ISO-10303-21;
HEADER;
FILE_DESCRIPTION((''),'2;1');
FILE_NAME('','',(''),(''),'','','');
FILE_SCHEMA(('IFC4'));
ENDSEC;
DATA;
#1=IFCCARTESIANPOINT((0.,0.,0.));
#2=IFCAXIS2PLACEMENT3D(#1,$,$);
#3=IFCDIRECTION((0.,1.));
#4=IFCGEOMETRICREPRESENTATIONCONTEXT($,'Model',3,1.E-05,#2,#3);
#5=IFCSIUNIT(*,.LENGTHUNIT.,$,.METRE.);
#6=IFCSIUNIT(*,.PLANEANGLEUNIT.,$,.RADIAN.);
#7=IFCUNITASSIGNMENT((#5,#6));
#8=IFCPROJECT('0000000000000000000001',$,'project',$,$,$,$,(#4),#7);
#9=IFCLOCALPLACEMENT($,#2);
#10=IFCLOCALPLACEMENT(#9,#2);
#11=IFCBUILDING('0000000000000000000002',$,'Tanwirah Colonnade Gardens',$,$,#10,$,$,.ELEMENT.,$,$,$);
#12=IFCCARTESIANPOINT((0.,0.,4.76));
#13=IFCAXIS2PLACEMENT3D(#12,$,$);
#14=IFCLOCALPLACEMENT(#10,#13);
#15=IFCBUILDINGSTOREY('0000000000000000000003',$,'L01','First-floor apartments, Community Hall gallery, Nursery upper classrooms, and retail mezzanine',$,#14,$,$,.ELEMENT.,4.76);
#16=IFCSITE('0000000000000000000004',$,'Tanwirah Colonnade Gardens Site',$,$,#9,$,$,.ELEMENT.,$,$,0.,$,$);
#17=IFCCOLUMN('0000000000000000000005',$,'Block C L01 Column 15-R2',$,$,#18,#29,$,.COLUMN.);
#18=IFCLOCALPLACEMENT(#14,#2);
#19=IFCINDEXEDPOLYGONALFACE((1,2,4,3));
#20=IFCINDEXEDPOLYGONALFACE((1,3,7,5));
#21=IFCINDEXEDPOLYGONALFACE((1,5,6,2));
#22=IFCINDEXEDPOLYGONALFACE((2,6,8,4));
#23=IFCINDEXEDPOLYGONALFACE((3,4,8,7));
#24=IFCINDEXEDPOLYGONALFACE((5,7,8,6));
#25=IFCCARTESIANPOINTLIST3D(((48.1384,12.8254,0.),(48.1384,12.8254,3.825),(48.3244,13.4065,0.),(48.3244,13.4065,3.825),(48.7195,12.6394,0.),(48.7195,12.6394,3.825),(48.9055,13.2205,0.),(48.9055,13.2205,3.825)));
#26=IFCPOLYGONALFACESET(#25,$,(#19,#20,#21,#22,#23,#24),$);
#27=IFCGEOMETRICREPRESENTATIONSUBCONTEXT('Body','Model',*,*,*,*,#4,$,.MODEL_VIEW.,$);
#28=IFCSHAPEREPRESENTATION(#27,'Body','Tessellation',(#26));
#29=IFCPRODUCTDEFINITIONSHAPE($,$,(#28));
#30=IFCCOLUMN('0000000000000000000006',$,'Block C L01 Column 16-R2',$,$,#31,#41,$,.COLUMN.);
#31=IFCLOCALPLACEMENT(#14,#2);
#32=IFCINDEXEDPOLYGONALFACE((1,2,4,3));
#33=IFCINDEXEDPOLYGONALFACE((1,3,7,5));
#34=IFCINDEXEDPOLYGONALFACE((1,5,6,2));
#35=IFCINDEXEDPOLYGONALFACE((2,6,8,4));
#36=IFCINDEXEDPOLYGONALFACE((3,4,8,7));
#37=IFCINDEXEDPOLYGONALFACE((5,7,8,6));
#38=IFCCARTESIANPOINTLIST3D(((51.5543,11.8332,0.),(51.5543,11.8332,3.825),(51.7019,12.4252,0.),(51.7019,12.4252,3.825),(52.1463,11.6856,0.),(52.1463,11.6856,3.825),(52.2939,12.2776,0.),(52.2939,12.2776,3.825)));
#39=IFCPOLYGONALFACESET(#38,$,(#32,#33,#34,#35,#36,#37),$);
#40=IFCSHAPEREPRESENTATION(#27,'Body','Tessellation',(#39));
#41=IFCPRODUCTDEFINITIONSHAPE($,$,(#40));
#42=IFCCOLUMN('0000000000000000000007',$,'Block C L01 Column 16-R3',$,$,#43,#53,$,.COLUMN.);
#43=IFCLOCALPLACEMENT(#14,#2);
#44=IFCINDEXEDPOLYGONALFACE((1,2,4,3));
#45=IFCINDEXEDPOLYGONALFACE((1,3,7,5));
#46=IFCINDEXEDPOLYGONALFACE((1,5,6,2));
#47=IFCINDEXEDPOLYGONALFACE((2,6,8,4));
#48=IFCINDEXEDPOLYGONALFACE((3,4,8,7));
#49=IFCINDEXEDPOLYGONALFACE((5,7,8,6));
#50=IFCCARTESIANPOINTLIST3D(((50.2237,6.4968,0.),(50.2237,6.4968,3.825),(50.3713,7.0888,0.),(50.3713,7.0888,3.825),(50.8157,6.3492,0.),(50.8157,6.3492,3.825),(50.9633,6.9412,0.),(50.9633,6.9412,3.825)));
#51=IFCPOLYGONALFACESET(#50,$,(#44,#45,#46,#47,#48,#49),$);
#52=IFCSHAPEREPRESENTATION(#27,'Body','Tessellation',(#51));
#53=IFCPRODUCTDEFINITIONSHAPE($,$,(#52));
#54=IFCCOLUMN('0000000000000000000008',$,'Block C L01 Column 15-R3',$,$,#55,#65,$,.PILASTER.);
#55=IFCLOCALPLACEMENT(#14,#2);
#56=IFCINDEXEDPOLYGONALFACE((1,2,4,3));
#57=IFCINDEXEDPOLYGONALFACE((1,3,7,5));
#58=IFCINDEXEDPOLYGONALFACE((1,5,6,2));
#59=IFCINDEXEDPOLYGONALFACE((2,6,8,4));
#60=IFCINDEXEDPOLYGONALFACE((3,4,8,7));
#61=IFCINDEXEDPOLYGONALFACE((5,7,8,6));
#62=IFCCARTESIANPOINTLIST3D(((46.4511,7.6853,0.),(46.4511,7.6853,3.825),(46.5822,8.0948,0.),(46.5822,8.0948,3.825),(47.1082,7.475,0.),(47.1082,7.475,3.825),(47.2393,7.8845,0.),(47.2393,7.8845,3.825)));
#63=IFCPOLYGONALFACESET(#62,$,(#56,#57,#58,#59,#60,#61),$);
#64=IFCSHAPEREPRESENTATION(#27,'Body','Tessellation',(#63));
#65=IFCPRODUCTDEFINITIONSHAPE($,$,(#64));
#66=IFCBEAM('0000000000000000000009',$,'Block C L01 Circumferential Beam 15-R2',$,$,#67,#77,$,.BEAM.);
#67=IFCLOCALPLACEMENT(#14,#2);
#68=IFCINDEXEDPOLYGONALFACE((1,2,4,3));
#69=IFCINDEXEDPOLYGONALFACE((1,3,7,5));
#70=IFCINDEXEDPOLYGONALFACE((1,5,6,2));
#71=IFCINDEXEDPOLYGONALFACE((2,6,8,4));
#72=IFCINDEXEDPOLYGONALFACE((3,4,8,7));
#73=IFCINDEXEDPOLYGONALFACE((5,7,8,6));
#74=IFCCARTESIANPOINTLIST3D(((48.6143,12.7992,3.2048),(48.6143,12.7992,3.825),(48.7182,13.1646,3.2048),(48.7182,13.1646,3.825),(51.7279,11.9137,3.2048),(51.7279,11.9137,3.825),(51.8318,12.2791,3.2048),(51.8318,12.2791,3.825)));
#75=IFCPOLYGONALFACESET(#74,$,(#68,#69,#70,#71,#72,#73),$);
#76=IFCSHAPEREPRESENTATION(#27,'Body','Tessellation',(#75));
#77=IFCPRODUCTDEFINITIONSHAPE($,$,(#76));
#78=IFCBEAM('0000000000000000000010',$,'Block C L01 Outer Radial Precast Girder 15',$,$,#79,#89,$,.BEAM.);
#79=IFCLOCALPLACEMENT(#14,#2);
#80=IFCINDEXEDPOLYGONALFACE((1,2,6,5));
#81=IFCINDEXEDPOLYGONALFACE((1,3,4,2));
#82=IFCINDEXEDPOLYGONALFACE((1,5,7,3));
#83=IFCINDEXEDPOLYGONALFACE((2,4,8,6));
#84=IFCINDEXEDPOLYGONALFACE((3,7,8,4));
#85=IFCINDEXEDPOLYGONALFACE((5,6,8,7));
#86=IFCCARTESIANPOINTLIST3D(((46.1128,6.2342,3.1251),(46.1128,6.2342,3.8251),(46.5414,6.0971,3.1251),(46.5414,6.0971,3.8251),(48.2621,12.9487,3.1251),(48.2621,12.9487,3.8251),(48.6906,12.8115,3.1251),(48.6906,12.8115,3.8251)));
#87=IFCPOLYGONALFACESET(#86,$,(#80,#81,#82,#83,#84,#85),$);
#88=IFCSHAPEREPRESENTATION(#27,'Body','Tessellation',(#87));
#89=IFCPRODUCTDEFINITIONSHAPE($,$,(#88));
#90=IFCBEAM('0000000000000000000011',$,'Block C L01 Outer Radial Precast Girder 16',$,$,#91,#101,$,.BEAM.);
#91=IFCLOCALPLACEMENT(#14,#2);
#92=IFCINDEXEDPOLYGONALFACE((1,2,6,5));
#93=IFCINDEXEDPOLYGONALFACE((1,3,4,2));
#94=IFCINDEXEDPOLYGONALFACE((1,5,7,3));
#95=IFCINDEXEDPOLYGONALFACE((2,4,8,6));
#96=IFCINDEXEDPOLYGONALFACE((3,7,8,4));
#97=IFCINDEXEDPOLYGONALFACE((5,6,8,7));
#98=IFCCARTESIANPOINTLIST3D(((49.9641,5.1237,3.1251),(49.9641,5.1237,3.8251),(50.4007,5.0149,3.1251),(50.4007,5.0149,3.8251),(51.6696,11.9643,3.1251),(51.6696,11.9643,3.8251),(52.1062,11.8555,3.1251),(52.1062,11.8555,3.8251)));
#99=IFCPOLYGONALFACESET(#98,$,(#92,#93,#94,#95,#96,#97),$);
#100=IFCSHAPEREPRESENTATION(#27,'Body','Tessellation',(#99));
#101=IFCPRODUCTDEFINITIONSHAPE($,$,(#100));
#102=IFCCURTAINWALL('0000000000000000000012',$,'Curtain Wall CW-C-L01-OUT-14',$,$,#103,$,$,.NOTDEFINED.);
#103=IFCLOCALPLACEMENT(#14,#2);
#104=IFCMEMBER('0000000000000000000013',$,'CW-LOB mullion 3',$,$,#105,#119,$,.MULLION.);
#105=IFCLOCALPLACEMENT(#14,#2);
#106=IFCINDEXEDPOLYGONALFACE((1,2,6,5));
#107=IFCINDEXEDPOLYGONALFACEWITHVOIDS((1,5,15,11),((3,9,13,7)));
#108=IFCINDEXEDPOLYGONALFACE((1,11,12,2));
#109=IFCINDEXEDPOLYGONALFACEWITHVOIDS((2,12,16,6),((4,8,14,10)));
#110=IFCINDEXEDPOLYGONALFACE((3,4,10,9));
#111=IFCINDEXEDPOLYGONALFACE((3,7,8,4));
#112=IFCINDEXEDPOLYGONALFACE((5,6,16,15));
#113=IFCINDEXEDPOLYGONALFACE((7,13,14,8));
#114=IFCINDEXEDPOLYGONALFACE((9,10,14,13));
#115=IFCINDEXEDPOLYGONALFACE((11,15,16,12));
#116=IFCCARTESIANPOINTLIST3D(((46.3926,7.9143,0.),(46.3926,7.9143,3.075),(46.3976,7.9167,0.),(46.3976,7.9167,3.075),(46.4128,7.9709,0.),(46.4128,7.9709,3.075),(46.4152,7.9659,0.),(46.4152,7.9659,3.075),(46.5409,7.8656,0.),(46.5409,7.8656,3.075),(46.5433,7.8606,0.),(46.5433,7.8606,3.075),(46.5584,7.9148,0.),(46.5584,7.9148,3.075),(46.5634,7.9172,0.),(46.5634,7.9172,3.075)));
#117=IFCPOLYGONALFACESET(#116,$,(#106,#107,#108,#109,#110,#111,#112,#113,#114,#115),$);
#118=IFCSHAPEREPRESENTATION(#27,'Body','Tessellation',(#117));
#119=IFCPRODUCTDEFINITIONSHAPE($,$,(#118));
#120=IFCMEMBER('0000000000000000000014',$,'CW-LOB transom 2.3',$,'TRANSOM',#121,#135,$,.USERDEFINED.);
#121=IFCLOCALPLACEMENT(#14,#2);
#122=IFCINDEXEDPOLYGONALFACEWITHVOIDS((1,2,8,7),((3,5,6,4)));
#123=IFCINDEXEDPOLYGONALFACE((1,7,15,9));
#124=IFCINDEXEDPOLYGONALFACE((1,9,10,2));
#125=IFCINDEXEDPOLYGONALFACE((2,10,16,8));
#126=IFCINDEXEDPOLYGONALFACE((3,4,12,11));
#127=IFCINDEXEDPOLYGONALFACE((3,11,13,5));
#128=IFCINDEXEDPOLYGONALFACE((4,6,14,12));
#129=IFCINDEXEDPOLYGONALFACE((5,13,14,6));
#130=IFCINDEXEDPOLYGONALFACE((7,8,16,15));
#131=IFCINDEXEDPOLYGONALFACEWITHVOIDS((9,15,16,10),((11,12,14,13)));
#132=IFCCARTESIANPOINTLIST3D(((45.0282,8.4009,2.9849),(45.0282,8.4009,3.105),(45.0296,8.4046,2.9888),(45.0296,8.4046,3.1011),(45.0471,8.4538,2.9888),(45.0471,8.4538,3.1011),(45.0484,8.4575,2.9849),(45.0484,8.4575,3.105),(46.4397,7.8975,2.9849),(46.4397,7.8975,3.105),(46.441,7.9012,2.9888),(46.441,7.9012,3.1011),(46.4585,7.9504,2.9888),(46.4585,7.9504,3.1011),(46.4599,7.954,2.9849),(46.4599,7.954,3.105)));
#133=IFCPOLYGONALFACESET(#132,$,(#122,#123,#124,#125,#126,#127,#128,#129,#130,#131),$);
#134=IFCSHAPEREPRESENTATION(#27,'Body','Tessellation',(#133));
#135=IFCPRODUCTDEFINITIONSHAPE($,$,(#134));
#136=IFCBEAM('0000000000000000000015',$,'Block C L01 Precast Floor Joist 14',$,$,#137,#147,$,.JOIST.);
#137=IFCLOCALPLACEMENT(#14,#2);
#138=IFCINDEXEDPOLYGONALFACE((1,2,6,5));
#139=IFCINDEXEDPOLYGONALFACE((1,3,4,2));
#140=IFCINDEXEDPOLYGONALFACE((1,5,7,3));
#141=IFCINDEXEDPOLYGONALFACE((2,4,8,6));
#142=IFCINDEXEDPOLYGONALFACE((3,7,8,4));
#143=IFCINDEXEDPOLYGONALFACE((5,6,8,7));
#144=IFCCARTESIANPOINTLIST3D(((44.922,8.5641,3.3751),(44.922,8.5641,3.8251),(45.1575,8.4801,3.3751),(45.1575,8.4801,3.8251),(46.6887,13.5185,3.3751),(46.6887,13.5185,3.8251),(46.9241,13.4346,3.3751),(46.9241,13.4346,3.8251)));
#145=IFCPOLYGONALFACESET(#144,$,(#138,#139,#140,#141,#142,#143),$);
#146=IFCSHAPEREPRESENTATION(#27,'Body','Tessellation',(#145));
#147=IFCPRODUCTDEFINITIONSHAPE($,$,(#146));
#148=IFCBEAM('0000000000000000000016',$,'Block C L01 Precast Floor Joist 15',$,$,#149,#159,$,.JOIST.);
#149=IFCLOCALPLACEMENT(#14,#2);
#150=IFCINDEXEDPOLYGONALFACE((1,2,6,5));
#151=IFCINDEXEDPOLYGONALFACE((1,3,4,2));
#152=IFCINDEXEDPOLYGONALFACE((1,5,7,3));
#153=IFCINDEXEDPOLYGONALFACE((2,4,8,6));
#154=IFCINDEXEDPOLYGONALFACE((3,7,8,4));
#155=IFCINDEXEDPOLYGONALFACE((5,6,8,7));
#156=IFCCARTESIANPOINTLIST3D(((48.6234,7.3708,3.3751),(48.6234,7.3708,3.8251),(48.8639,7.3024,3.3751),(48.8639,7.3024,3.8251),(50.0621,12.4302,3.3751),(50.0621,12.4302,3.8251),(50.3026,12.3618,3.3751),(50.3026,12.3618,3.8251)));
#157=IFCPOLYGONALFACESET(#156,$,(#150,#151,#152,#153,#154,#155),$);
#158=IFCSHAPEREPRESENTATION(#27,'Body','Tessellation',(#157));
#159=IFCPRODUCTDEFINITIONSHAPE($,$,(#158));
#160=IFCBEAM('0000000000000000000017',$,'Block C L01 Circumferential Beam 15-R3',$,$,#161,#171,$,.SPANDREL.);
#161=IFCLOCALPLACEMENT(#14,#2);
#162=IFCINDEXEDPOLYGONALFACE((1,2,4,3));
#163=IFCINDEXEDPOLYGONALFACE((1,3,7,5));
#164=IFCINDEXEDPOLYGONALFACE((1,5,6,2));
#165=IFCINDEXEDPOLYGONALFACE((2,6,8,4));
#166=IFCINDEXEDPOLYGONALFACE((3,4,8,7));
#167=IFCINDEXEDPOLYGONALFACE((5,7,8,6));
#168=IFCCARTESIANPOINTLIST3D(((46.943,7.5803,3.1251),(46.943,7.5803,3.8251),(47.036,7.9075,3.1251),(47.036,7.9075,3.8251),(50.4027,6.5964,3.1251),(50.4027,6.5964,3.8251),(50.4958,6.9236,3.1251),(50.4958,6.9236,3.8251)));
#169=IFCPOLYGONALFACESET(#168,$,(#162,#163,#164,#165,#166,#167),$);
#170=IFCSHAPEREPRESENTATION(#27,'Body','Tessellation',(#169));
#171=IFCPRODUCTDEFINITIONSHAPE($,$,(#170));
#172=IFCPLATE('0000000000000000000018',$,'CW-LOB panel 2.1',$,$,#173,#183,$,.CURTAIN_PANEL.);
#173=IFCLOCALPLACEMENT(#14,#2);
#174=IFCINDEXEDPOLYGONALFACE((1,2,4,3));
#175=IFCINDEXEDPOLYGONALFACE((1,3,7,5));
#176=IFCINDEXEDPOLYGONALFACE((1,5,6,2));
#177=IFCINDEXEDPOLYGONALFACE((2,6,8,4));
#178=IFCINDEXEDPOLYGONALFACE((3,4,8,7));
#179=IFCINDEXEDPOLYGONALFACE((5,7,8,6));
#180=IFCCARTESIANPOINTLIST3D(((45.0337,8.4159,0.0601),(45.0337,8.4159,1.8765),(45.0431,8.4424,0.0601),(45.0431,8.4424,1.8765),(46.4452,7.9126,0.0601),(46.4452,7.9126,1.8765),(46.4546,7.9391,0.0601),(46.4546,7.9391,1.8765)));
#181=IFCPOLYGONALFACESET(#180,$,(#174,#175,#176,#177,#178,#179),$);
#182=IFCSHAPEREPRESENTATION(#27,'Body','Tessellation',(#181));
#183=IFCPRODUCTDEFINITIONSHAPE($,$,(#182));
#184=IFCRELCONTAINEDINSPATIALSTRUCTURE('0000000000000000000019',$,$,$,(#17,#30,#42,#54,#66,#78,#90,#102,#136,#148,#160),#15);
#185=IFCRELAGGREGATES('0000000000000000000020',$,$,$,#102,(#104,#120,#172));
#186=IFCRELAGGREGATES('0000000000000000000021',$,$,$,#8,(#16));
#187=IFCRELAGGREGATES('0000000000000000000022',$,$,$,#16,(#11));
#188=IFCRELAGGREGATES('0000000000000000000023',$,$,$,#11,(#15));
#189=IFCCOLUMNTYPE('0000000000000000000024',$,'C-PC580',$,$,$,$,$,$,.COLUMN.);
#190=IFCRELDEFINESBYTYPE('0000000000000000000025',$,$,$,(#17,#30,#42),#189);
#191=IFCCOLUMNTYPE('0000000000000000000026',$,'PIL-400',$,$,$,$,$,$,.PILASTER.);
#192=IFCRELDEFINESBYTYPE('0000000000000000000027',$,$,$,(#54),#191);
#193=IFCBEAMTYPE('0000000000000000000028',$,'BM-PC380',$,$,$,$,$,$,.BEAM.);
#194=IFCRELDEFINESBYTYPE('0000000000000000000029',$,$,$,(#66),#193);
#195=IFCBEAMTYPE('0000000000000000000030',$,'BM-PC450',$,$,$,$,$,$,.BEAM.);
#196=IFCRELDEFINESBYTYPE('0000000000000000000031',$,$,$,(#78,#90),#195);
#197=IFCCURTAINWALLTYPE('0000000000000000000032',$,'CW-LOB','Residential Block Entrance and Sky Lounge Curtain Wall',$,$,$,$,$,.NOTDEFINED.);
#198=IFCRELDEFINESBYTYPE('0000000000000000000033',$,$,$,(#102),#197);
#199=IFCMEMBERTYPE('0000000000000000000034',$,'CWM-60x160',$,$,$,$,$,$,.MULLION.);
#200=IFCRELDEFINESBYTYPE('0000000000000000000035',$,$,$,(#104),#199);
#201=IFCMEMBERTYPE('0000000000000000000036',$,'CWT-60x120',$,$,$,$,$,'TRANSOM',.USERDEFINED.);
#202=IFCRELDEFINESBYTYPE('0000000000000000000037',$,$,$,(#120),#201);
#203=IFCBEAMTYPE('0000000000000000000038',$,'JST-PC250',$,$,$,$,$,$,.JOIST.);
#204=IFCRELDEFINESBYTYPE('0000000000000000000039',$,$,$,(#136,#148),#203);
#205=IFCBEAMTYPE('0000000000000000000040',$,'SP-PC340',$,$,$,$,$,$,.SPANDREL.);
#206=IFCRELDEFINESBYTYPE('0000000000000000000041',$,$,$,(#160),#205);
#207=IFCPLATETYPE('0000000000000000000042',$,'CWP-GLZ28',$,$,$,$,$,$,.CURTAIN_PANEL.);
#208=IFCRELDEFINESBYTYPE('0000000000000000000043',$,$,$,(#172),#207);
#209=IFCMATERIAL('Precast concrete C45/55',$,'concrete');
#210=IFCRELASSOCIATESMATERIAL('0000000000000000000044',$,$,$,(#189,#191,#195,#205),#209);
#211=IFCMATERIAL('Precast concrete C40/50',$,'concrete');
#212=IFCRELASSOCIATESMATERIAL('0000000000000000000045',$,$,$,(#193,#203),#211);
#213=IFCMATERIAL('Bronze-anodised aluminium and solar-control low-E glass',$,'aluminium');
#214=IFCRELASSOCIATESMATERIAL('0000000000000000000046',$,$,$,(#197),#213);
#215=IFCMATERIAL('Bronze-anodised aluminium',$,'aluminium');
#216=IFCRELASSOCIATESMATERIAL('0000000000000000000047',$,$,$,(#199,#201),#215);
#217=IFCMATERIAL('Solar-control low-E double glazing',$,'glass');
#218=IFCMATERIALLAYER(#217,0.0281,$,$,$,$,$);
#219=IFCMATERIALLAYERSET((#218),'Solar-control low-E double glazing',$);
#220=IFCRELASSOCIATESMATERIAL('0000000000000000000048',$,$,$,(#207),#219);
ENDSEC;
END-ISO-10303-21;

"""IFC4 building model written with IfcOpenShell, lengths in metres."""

from ifc_helpers import new_model, si_unit, direction, frame, origin, origin_2d, place, context, subcontext, project, spatial, rectangle, hollow_rectangle, extrude, material, layer, layer_set, material_profile, profile_set, type_object, element, aggregate, save


model = new_model("IFC4")

# Units and contexts
model_context = context("Model", 3, precision=1e-05, world=origin(), true_north=direction((0.0, 1.0)))
body_context = subcontext(model_context, "Body", "Model", "MODEL_VIEW")
ifc_project = project(units=[si_unit("LENGTHUNIT", "METRE"), si_unit("PLANEANGLEUNIT", "RADIAN")], contexts=[model_context])

# Site, building, storey
site_placement = place(None, origin())
site = spatial("IfcSite", under=ifc_project, at=site_placement, Name="Tanwirah Colonnade Gardens Site", CompositionType="ELEMENT", RefElevation=0.0)
building_placement = place(site_placement, origin())
building = spatial("IfcBuilding", under=site, at=building_placement, Name="Tanwirah Colonnade Gardens", CompositionType="ELEMENT")
storey_placement = place(building_placement, frame((0.0, 0.0, 4.76)))
storey = spatial("IfcBuildingStorey", under=building, at=storey_placement, Name="L01", Description="First-floor apartments, Community Hall gallery, Nursery upper classrooms, and retail mezzanine", CompositionType="ELEMENT", Elevation=4.76)

# Columns
ifc_material_1 = material(Name="Precast concrete C45/55", Category="concrete")
ifc_material_profile_1 = material_profile(ifc_material_1, rectangle(XDim=0.6101, YDim=0.6101, at=origin_2d()), Name="PC-COL 610x610")
ifc_profile_set_1 = profile_set([ifc_material_profile_1], Name="Precast concrete C45/55")
column_type_1 = type_object("IfcColumnType", Name="C-PC580", PredefinedType="COLUMN", material=ifc_profile_set_1)
for number, where, z_axis, x_axis, name in (
    (1, (48.522, 13.0229, 0.0), (0.0, 0.0, 1.0), (-0.304864, -0.952396, 0.0), "Block C L01 Column 15-R2"),
    (2, (51.9241, 12.0554, 0.0), (0.0, 0.0, 1.0), (-0.241922, -0.970296, 0.0), "Block C L01 Column 16-R2"),
    (3, (50.5935, 6.719, 0.0), (0.0, 0.0, 1.0), (-0.241922, -0.970296, 0.0), "Block C L01 Column 16-R3"),
):
    element("IfcColumn", number, at=place(storey_placement, frame(where, z_axis=z_axis, x_axis=x_axis)), inside=storey, type_object=column_type_1, Name=name, PredefinedType="COLUMN", context=body_context, shape_type="SweptSolid", body=[
        extrude(rectangle(XDim=0.6101, YDim=0.6101, at=origin_2d()), origin(), (0.0, 0.0, 1.0), 3.825),
    ])
ifc_material_profile_2 = material_profile(ifc_material_1, rectangle(XDim=0.4299, YDim=0.6899, at=origin_2d()), Name="PC-PIL 430x690")
ifc_profile_set_2 = profile_set([ifc_material_profile_2], Name="Precast concrete C45/55")
column_type_2 = type_object("IfcColumnType", Name="PIL-400", PredefinedType="PILASTER", material=ifc_profile_set_2)
column_placement = place(storey_placement, frame((46.8452, 7.7849, 0.0), z_axis=(0.0, 0.0, 1.0), x_axis=(-0.304864, -0.952396, 0.0)))
element("IfcColumn", 4, at=column_placement, inside=storey, type_object=column_type_2, Name="Block C L01 Column 15-R3", PredefinedType="PILASTER", context=body_context, shape_type="SweptSolid", body=[
    extrude(rectangle(XDim=0.4299, YDim=0.6899, at=origin_2d()), origin(), (0.0, 0.0, 1.0), 3.825),
])

# Beams
ifc_material_2 = material(Name="Precast concrete C40/50", Category="concrete")
ifc_material_profile_3 = material_profile(ifc_material_2, rectangle(XDim=0.3799, YDim=0.6201, at=origin_2d()), Name="PC-BM 380x620")
ifc_profile_set_3 = profile_set([ifc_material_profile_3], Name="Precast concrete C40/50")
beam_type_1 = type_object("IfcBeamType", Name="BM-PC380", PredefinedType="BEAM", material=ifc_profile_set_3)
beam_1_placement = place(storey_placement, frame((48.6663, 12.9819, 3.5149), z_axis=(0.961856, -0.273555, 0.0), x_axis=(0.273555, 0.961856, 0.0)))
element("IfcBeam", 5, at=beam_1_placement, inside=storey, type_object=beam_type_1, Name="Block C L01 Circumferential Beam 15-R2", PredefinedType="BEAM", context=body_context, shape_type="SweptSolid", body=[
    extrude(rectangle(XDim=0.3799, YDim=0.6201, at=origin_2d()), origin(), (0.0, 0.0, 1.0), 3.2371),
])
ifc_material_profile_4 = material_profile(ifc_material_1, rectangle(XDim=0.45, YDim=0.7, at=origin_2d()), Name="PC-BM 450x700")
ifc_profile_set_4 = profile_set([ifc_material_profile_4], Name="Precast concrete C45/55")
beam_type_2 = type_object("IfcBeamType", Name="BM-PC450", PredefinedType="BEAM", material=ifc_profile_set_4)
for number, where, z_axis, x_axis, name in (
    (6, (48.4763, 12.8801, 3.4751), (-0.30485, -0.9524, 0.0), (0.9524, -0.30485, 0.0), "Block C L01 Outer Radial Precast Girder 15"),
    (7, (51.8879, 11.9099, 3.4751), (-0.241924, -0.970295, 0.0), (0.970295, -0.241924, 0.0), "Block C L01 Outer Radial Precast Girder 16"),
):
    element("IfcBeam", number, at=place(storey_placement, frame(where, z_axis=z_axis, x_axis=x_axis)), inside=storey, type_object=beam_type_2, Name=name, PredefinedType="BEAM", context=body_context, shape_type="SweptSolid", body=[
        extrude(rectangle(XDim=0.45, YDim=0.7, at=origin_2d()), origin(), (0.0, 0.0, 1.0), 7.05),
    ])

# Curtain wall, members
ifc_material_3 = material(Name="Bronze-anodised aluminium and solar-control low-E glass", Category="aluminium")
curtain_wall_type = type_object("IfcCurtainWallType", Name="CW-LOB", Description="Residential Block Entrance and Sky Lounge Curtain Wall", PredefinedType="NOTDEFINED", material=ifc_material_3)
curtain_wall_placement = place(storey_placement, origin())
curtain_wall = element("IfcCurtainWall", 8, at=curtain_wall_placement, inside=storey, type_object=curtain_wall_type, Name="Curtain Wall CW-C-L01-OUT-14", PredefinedType="NOTDEFINED")
ifc_material_4 = material(Name="Bronze-anodised aluminium", Category="aluminium")
ifc_material_profile_5 = material_profile(ifc_material_4, hollow_rectangle(XDim=0.0601, YDim=0.1599, WallThickness=0.0039, at=origin_2d()), Name="CW-MUL 60x160x4")
ifc_profile_set_5 = profile_set([ifc_material_profile_5], Name="Bronze-anodised aluminium")
member_type_1 = type_object("IfcMemberType", Name="CWM-60x160", PredefinedType="MULLION", material=ifc_profile_set_5)
member_1_placement = place(storey_placement, frame((46.478, 7.9158, 0.0), z_axis=(0.0, 0.0, 1.0), x_axis=(0.335862, 0.941911, 0.0)))
member_1 = element("IfcMember", 9, at=member_1_placement, type_object=member_type_1, Name="CW-LOB mullion 3", PredefinedType="MULLION", context=body_context, shape_type="SweptSolid", body=[
    extrude(hollow_rectangle(XDim=0.0601, YDim=0.1599, WallThickness=0.0039, at=origin_2d()), origin(), (0.0, 0.0, 1.0), 3.075),
])
ifc_material_profile_6 = material_profile(ifc_material_4, hollow_rectangle(XDim=0.0601, YDim=0.1201, WallThickness=0.0039, at=origin_2d()), Name="CW-TRN 60x120x4")
ifc_profile_set_6 = profile_set([ifc_material_profile_6], Name="Bronze-anodised aluminium")
member_type_2 = type_object("IfcMemberType", Name="CWT-60x120", ElementType="TRANSOM", PredefinedType="USERDEFINED", material=ifc_profile_set_6)
member_2_placement = place(storey_placement, frame((45.0383, 8.4292, 3.0449), z_axis=(0.941878, -0.335954, 0.0), x_axis=(0.335954, 0.941878, 0.0)))
member_2 = element("IfcMember", 10, at=member_2_placement, type_object=member_type_2, Name="CW-LOB transom 2.3", ObjectType="TRANSOM", PredefinedType="USERDEFINED", context=body_context, shape_type="SweptSolid", body=[
    extrude(hollow_rectangle(XDim=0.0601, YDim=0.1201, WallThickness=0.0039, at=origin_2d()), origin(), (0.0, 0.0, 1.0), 1.4985),
])

# Beams
ifc_material_profile_7 = material_profile(ifc_material_2, rectangle(XDim=0.25, YDim=0.45, at=origin_2d()), Name="PC-JST 250x450")
ifc_profile_set_7 = profile_set([ifc_material_profile_7], Name="Precast concrete C40/50")
beam_type_3 = type_object("IfcBeamType", Name="JST-PC250", PredefinedType="JOIST", material=ifc_profile_set_7)
for number, where, z_axis, x_axis, name in (
    (11, (46.8064, 13.4766, 3.6001), (-0.335863, -0.941911, 0.0), (0.941911, -0.335863, 0.0), "Block C L01 Precast Floor Joist 14"),
    (12, (50.1824, 12.396, 3.6001), (-0.273526, -0.961865, 0.0), (0.961865, -0.273526, 0.0), "Block C L01 Precast Floor Joist 15"),
):
    element("IfcBeam", number, at=place(storey_placement, frame(where, z_axis=z_axis, x_axis=x_axis)), inside=storey, type_object=beam_type_3, Name=name, PredefinedType="JOIST", context=body_context, shape_type="SweptSolid", body=[
        extrude(rectangle(XDim=0.25, YDim=0.45, at=origin_2d()), origin(), (0.0, 0.0, 1.0), 5.26),
    ])
ifc_material_profile_8 = material_profile(ifc_material_1, rectangle(XDim=0.3401, YDim=0.7, at=origin_2d()), Name="PC-SP 340x700")
ifc_profile_set_8 = profile_set([ifc_material_profile_8], Name="Precast concrete C45/55")
beam_type_4 = type_object("IfcBeamType", Name="SP-PC340", PredefinedType="SPANDREL", material=ifc_profile_set_8)
beam_2_placement = place(storey_placement, frame((46.9895, 7.7439, 3.4751), z_axis=(0.961861, -0.273538, 0.0), x_axis=(0.273538, 0.961861, 0.0)))
element("IfcBeam", 13, at=beam_2_placement, inside=storey, type_object=beam_type_4, Name="Block C L01 Circumferential Beam 15-R3", PredefinedType="SPANDREL", context=body_context, shape_type="SweptSolid", body=[
    extrude(rectangle(XDim=0.3401, YDim=0.7, at=origin_2d()), origin(), (0.0, 0.0, 1.0), 3.5969),
])

# Plate
ifc_material_5 = material(Name="Solar-control low-E double glazing", Category="glass")
ifc_layer_1 = layer(ifc_material_5, 0.0281)
ifc_layer_set_1 = layer_set([ifc_layer_1], Name="Solar-control low-E double glazing")
plate_type = type_object("IfcPlateType", Name="CWP-GLZ28", PredefinedType="CURTAIN_PANEL", material=ifc_layer_set_1)
plate_1_placement = place(storey_placement, frame((45.7441, 8.1775, 0.0601), z_axis=(0.0, 0.0, 1.0), x_axis=(0.941911, -0.335862, 0.0)))
plate_1 = element("IfcPlate", 14, at=plate_1_placement, type_object=plate_type, Name="CW-LOB panel 2.1", PredefinedType="CURTAIN_PANEL", context=body_context, shape_type="SweptSolid", body=[
    extrude(rectangle(XDim=1.4985, YDim=0.0281, at=origin_2d()), origin(), (0.0, 0.0, 1.0), 1.8164),
])
aggregate(curtain_wall, [member_1, member_2, plate_1])

save(model, "model.ifc")
